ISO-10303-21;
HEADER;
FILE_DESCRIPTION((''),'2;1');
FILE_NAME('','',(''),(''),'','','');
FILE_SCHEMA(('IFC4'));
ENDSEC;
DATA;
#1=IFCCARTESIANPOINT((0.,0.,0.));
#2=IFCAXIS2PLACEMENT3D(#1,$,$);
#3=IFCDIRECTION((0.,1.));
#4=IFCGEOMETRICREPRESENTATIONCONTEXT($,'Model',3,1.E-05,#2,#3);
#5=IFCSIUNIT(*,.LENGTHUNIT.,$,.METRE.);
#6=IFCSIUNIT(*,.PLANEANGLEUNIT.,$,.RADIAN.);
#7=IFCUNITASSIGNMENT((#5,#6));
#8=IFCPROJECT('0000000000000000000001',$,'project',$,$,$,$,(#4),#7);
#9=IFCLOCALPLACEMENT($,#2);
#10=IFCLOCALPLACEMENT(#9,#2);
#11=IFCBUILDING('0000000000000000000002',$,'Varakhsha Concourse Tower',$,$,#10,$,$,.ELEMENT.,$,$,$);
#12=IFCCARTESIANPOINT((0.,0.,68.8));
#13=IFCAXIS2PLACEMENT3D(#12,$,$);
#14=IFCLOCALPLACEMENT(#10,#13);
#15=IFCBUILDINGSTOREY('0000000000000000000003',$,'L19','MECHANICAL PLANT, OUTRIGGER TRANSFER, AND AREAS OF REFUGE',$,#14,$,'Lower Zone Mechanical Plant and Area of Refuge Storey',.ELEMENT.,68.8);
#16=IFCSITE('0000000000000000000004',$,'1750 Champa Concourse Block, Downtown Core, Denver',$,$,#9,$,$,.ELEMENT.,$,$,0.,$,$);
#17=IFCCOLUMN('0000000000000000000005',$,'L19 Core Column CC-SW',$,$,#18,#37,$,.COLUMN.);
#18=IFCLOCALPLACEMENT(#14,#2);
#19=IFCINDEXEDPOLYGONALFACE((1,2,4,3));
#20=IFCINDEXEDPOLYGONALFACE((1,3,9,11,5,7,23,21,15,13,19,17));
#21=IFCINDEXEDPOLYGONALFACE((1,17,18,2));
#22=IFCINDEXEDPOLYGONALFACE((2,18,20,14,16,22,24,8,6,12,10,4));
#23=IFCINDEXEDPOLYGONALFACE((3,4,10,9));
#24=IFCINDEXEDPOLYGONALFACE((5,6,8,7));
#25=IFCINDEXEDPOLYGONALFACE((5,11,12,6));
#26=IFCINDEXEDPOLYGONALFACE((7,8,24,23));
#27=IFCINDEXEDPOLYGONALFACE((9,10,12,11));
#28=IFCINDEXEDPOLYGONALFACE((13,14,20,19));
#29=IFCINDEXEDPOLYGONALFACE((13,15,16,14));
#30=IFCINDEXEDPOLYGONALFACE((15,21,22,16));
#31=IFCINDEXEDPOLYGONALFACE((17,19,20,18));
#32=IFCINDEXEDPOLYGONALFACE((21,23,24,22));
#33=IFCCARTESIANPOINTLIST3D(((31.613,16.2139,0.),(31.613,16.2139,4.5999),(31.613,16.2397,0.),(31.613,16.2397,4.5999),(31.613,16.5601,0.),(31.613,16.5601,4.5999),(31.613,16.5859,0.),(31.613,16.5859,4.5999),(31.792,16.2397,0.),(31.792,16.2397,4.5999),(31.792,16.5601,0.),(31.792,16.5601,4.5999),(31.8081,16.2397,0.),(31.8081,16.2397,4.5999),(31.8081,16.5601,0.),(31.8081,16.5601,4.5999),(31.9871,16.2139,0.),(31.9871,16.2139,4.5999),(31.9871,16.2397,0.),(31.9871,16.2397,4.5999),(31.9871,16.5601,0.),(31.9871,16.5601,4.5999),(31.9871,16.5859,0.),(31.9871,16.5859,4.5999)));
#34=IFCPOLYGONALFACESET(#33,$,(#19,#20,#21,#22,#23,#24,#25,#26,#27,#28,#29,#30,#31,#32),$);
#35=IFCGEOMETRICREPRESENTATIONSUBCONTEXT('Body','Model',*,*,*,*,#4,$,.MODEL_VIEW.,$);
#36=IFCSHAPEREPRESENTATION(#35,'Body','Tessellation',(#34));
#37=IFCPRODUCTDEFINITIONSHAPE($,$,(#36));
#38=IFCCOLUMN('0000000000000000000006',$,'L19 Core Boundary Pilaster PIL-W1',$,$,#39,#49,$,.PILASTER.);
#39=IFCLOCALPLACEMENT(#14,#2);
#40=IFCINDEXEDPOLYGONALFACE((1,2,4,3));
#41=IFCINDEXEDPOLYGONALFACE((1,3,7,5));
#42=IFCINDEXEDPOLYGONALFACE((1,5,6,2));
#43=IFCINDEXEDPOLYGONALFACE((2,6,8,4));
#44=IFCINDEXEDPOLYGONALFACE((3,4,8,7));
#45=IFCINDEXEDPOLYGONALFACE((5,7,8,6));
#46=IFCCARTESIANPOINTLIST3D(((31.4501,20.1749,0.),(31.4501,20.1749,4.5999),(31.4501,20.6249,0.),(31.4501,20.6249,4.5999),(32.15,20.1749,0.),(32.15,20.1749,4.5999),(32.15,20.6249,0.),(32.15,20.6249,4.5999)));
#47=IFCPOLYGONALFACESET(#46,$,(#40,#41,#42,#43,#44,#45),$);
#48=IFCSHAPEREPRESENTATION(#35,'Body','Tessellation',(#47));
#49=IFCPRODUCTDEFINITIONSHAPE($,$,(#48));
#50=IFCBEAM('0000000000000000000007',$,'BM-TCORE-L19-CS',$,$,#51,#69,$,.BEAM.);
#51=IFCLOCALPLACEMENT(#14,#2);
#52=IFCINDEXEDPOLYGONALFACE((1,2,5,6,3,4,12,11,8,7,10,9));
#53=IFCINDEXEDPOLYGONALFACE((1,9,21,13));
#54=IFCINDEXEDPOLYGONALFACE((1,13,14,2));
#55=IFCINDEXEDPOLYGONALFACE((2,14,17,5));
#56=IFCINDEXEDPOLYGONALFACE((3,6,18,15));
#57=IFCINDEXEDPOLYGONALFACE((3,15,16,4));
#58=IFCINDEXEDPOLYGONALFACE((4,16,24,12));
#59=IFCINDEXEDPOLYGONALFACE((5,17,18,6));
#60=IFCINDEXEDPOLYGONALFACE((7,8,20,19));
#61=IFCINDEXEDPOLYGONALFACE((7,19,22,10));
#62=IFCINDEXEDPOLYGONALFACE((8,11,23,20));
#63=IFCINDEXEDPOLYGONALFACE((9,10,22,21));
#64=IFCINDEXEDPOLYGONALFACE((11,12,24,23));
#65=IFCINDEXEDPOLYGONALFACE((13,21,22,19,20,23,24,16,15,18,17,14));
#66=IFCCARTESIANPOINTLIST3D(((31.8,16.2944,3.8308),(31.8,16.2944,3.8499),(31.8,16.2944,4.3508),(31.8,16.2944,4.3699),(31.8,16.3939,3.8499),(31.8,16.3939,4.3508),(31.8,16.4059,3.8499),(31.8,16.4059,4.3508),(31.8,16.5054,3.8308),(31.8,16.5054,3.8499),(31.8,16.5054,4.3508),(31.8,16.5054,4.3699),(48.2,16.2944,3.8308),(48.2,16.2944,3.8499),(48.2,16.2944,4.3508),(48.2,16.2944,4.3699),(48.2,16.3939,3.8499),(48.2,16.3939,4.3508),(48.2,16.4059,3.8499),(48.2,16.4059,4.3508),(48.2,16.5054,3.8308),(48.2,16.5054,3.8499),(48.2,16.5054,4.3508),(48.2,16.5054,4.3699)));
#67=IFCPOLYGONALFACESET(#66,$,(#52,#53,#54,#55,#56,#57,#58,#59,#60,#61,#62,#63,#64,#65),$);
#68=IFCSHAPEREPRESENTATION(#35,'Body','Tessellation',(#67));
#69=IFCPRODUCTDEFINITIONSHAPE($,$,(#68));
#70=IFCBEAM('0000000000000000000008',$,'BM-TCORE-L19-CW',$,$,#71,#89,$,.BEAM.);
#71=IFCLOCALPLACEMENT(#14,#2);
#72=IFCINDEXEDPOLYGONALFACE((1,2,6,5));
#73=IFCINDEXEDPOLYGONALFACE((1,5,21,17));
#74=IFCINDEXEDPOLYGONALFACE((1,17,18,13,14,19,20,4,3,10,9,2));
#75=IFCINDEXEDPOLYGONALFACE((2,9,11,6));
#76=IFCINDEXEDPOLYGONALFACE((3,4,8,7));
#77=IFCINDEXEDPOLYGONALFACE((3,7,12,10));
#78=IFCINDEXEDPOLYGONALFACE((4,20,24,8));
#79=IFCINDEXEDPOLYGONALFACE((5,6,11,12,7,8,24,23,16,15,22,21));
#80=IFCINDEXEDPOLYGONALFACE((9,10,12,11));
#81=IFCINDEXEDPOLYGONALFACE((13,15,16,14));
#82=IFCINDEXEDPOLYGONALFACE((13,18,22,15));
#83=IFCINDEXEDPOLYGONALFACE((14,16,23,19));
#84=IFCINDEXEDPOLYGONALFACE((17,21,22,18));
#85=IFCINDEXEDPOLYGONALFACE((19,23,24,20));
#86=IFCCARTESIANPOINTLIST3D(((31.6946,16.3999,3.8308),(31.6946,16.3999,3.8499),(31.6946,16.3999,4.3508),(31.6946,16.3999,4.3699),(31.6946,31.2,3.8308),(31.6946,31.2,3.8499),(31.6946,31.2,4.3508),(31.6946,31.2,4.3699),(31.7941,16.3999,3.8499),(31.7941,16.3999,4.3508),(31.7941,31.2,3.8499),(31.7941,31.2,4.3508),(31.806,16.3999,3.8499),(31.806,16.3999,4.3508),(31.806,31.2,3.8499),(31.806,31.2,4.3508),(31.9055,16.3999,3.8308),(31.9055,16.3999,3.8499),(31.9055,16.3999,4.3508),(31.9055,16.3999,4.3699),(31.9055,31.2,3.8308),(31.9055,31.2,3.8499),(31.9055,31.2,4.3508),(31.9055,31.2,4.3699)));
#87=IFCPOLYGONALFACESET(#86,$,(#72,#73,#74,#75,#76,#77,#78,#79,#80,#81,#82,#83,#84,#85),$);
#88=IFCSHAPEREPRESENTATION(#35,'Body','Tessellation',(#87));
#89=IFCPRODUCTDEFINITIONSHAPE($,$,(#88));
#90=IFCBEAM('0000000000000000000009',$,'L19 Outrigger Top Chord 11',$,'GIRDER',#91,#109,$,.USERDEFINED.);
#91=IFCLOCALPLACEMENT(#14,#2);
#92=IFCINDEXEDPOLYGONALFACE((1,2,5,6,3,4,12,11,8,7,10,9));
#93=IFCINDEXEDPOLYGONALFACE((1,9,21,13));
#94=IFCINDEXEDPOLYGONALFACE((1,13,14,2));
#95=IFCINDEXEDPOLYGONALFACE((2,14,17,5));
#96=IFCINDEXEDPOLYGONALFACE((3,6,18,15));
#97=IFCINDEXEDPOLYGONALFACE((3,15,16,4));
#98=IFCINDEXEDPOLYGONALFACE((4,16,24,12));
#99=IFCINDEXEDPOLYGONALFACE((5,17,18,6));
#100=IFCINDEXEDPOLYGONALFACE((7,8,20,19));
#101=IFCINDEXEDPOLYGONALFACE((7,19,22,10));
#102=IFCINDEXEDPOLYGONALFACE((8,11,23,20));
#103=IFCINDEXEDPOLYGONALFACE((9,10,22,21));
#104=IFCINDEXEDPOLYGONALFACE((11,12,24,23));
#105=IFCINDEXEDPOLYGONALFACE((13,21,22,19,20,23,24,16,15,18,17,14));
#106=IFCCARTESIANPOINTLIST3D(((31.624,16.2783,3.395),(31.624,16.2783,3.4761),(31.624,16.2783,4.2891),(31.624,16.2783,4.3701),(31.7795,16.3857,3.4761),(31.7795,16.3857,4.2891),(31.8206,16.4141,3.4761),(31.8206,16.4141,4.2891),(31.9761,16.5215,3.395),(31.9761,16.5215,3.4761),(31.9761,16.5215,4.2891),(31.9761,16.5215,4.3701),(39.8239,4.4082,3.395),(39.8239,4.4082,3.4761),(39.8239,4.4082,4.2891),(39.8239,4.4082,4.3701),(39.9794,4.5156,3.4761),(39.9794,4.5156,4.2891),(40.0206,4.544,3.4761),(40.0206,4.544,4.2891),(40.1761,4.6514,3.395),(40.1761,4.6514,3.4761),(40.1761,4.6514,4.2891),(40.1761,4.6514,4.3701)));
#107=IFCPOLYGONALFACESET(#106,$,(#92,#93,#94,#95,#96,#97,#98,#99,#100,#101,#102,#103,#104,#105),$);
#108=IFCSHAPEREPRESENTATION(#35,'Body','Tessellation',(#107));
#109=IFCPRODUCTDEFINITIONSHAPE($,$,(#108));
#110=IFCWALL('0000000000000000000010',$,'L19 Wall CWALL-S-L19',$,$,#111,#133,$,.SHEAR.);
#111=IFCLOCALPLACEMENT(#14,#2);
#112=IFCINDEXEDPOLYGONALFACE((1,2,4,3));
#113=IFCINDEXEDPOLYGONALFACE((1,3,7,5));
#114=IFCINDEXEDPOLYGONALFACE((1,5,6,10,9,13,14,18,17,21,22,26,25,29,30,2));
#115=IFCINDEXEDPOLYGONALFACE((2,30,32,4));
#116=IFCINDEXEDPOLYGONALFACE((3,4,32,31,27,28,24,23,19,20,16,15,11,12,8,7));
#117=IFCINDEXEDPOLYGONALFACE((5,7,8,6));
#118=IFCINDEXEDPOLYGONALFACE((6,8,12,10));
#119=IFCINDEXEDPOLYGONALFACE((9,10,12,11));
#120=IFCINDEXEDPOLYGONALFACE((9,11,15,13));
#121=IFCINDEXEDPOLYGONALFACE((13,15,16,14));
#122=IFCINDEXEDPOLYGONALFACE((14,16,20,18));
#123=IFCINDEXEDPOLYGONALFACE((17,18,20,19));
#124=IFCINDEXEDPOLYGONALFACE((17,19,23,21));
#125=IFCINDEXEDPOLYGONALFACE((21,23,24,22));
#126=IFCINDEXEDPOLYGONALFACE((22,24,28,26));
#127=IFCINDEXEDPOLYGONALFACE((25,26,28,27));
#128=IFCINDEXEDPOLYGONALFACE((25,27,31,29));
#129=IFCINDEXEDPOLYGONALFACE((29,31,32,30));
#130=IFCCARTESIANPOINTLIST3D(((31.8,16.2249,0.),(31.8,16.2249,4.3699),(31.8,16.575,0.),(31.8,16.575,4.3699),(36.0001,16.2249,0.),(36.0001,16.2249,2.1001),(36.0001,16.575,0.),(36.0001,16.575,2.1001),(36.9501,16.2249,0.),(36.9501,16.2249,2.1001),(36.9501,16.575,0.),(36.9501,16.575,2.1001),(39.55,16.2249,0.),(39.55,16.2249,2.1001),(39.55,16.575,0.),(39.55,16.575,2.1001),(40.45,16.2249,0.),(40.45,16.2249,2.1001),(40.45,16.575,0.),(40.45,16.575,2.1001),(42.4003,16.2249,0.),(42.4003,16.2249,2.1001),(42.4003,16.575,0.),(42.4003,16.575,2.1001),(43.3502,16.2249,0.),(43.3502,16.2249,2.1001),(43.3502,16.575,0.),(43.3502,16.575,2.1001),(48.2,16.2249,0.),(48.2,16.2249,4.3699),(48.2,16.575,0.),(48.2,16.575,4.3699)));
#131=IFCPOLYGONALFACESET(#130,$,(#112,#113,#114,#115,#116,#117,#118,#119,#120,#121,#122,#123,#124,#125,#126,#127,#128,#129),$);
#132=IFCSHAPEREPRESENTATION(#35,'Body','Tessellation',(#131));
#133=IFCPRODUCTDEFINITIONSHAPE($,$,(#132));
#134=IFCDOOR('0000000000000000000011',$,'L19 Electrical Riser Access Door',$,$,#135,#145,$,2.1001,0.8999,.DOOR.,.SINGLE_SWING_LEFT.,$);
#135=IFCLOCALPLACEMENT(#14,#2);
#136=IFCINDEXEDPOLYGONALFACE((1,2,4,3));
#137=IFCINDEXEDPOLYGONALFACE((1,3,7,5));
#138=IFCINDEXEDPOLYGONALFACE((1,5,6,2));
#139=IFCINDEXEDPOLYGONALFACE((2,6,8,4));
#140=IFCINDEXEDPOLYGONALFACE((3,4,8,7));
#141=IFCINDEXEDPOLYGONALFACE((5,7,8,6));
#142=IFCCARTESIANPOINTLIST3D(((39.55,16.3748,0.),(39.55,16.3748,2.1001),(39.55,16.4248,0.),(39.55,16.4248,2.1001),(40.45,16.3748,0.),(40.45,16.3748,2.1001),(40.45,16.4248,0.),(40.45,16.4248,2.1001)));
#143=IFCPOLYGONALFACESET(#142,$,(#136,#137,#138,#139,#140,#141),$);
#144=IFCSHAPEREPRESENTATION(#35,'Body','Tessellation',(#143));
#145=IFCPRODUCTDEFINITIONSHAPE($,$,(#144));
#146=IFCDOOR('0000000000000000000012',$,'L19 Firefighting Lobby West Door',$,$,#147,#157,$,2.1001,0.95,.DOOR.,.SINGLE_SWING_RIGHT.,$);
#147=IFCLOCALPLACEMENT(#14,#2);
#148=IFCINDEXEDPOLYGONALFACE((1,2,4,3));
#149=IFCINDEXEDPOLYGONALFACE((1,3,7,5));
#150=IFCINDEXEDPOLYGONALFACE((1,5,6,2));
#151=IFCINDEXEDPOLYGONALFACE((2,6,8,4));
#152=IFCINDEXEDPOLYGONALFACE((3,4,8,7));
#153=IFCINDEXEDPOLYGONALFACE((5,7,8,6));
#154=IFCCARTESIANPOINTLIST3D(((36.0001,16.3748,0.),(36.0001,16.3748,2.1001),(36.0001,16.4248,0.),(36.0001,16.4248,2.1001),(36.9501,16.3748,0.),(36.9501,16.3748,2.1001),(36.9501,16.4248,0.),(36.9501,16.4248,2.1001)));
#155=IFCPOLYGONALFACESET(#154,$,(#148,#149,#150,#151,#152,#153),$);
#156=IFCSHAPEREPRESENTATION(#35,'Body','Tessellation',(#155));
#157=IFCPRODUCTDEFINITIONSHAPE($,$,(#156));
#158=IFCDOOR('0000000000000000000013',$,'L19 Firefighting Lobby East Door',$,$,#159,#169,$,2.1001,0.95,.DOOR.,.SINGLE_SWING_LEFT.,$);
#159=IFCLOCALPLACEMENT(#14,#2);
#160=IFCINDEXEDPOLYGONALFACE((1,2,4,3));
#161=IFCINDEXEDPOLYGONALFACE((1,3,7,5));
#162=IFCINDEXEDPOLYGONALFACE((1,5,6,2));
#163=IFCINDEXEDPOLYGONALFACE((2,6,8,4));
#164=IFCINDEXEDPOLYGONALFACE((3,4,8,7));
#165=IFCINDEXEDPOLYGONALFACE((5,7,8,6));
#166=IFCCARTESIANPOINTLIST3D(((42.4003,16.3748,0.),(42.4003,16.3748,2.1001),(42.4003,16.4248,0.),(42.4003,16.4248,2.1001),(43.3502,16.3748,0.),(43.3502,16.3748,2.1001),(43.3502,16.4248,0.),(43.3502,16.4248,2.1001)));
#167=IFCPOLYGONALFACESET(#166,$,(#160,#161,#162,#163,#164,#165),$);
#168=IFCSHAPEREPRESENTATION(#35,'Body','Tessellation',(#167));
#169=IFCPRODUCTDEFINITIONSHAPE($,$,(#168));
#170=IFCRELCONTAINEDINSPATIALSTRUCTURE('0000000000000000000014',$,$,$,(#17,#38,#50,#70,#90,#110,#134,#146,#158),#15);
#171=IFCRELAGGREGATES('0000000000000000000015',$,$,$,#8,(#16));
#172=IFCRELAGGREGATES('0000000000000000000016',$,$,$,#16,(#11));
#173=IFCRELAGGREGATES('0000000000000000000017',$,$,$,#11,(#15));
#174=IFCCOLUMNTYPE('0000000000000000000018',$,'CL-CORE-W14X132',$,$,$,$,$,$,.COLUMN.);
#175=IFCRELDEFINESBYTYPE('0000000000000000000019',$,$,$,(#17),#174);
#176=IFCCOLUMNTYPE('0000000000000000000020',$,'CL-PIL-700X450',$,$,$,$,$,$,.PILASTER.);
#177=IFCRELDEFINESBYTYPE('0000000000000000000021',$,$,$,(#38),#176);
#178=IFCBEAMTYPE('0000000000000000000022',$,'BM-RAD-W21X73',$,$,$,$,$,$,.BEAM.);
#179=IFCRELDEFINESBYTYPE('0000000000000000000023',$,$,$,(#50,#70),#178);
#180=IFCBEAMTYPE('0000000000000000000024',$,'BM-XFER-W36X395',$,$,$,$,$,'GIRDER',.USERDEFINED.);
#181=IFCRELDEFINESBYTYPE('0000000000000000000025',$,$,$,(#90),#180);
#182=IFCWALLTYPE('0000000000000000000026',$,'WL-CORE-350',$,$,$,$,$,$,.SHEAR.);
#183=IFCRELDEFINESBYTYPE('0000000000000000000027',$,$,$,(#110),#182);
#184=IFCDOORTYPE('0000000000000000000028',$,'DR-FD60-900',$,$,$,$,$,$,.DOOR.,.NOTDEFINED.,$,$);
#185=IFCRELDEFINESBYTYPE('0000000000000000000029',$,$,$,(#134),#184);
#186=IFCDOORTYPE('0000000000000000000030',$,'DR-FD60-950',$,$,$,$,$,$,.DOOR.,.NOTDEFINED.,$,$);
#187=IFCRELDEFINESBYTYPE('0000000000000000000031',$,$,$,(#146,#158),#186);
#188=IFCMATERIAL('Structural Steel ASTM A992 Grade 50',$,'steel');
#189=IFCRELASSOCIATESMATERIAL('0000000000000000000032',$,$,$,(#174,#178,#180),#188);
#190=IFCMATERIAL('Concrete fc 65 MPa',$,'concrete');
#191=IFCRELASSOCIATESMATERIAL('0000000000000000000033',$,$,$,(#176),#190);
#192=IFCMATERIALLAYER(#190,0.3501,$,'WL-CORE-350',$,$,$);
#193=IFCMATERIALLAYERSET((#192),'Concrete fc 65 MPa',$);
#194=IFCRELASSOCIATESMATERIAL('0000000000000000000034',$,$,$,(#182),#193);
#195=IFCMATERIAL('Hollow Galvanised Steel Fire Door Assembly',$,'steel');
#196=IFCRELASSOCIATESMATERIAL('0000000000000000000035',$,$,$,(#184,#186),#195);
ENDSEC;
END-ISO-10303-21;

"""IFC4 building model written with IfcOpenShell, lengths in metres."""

from ifc_helpers import new_model, si_unit, direction, frame, frame_2d, origin, origin_2d, place, context, subcontext, project, spatial, rectangle, i_section, extrude, material, layer, layer_set, material_profile, profile_set, type_object, element, fill, save


model = new_model("IFC4")

# Units and contexts
model_context = context("Model", 3, precision=1e-05, world=origin(), true_north=direction((0.0, 1.0)))
body_context = subcontext(model_context, "Body", "Model", "MODEL_VIEW")
ifc_project = project(units=[si_unit("LENGTHUNIT", "METRE"), si_unit("PLANEANGLEUNIT", "RADIAN")], contexts=[model_context])

# Site, building, storey
site_placement = place(None, origin())
site = spatial("IfcSite", under=ifc_project, at=site_placement, Name="1750 Champa Concourse Block, Downtown Core, Denver", CompositionType="ELEMENT", RefElevation=0.0)
building_placement = place(site_placement, origin())
building = spatial("IfcBuilding", under=site, at=building_placement, Name="Varakhsha Concourse Tower", CompositionType="ELEMENT")
storey_placement = place(building_placement, frame((0.0, 0.0, 68.8)))
storey = spatial("IfcBuildingStorey", under=building, at=storey_placement, Name="L19", Description="MECHANICAL PLANT, OUTRIGGER TRANSFER, AND AREAS OF REFUGE", LongName="Lower Zone Mechanical Plant and Area of Refuge Storey", CompositionType="ELEMENT", Elevation=68.8)

# Columns
ifc_material_1 = material(Name="Structural Steel ASTM A992 Grade 50", Category="steel")
ifc_material_profile_1 = material_profile(ifc_material_1, i_section(OverallWidth=0.374, OverallDepth=0.3721, WebThickness=0.0161, FlangeThickness=0.0259, at=origin_2d()), Name="W14X132")
ifc_profile_set_1 = profile_set([ifc_material_profile_1], Name="Structural Steel ASTM A992 Grade 50")
column_type_1 = type_object("IfcColumnType", Name="CL-CORE-W14X132", PredefinedType="COLUMN", material=ifc_profile_set_1)
column_1_placement = place(storey_placement, frame((31.8, 16.3999, 0.0), z_axis=(0.0, 0.0, 1.0), x_axis=(1.0, 0.0, 0.0)))
element("IfcColumn", 1, at=column_1_placement, inside=storey, type_object=column_type_1, Name="L19 Core Column CC-SW", PredefinedType="COLUMN", context=body_context, shape_type="SweptSolid", body=[
    extrude(i_section(OverallWidth=0.374, OverallDepth=0.3721, WebThickness=0.0161, FlangeThickness=0.0259, at=origin_2d()), origin(), (0.0, 0.0, 1.0), 4.5999),
])
ifc_material_2 = material(Name="Concrete fc 65 MPa", Category="concrete")
ifc_material_profile_2 = material_profile(ifc_material_2, rectangle(XDim=0.7, YDim=0.45, at=origin_2d()), Name="RC 700x450")
ifc_profile_set_2 = profile_set([ifc_material_profile_2], Name="Concrete fc 65 MPa")
column_type_2 = type_object("IfcColumnType", Name="CL-PIL-700X450", PredefinedType="PILASTER", material=ifc_profile_set_2)
column_2_placement = place(storey_placement, frame((31.8, 20.3999, 0.0), z_axis=(0.0, 0.0, 1.0), x_axis=(1.0, 0.0, 0.0)))
element("IfcColumn", 2, at=column_2_placement, inside=storey, type_object=column_type_2, Name="L19 Core Boundary Pilaster PIL-W1", PredefinedType="PILASTER", context=body_context, shape_type="SweptSolid", body=[
    extrude(rectangle(XDim=0.7, YDim=0.45, at=origin_2d()), origin(), (0.0, 0.0, 1.0), 4.5999),
])

# Beams
ifc_material_profile_3 = material_profile(ifc_material_1, i_section(OverallWidth=0.2109, OverallDepth=0.5391, WebThickness=0.012, FlangeThickness=0.019, at=origin_2d()), Name="W21X73")
ifc_profile_set_3 = profile_set([ifc_material_profile_3], Name="Structural Steel ASTM A992 Grade 50")
beam_type_1 = type_object("IfcBeamType", Name="BM-RAD-W21X73", PredefinedType="BEAM", material=ifc_profile_set_3)
beam_1_placement = place(storey_placement, frame((31.8, 16.3999, 4.1003), z_axis=(1.0, 0.0, 0.0), x_axis=(0.0, 1.0, 0.0)))
element("IfcBeam", 3, at=beam_1_placement, inside=storey, type_object=beam_type_1, Name="BM-TCORE-L19-CS", PredefinedType="BEAM", context=body_context, shape_type="SweptSolid", body=[
    extrude(i_section(OverallWidth=0.2109, OverallDepth=0.5391, WebThickness=0.012, FlangeThickness=0.019, at=origin_2d()), origin(), (0.0, 0.0, 1.0), 16.3999),
])
beam_2_placement = place(storey_placement, frame((31.8, 16.3999, 4.1003), z_axis=(0.0, 1.0, 0.0), x_axis=(-1.0, 0.0, 0.0)))
element("IfcBeam", 4, at=beam_2_placement, inside=storey, type_object=beam_type_1, Name="BM-TCORE-L19-CW", PredefinedType="BEAM", context=body_context, shape_type="SweptSolid", body=[
    extrude(i_section(OverallWidth=0.2109, OverallDepth=0.5391, WebThickness=0.012, FlangeThickness=0.019, at=origin_2d()), origin(), (0.0, 0.0, 1.0), 14.8),
])
ifc_material_profile_4 = material_profile(ifc_material_1, i_section(OverallWidth=0.428, OverallDepth=0.9751, WebThickness=0.05, FlangeThickness=0.0811, at=origin_2d()), Name="W36X395")
ifc_profile_set_4 = profile_set([ifc_material_profile_4], Name="Structural Steel ASTM A992 Grade 50")
beam_type_2 = type_object("IfcBeamType", Name="BM-XFER-W36X395", ElementType="GIRDER", PredefinedType="USERDEFINED", material=ifc_profile_set_4)
beam_3_placement = place(storey_placement, frame((31.8, 16.3999, 3.8826), z_axis=(0.568375, -0.82277, 0.0), x_axis=(0.82277, 0.568375, 0.0)))
element("IfcBeam", 5, at=beam_3_placement, inside=storey, type_object=beam_type_2, Name="L19 Outrigger Top Chord 11", ObjectType="GIRDER", PredefinedType="USERDEFINED", context=body_context, shape_type="SweptSolid", body=[
    extrude(i_section(OverallWidth=0.428, OverallDepth=0.9751, WebThickness=0.05, FlangeThickness=0.0811, at=origin_2d()), origin(), (0.0, 0.0, 1.0), 14.427),
])

# Wall, openings, doors
ifc_layer_1 = layer(ifc_material_2, 0.3501, Name="WL-CORE-350")
ifc_layer_set_1 = layer_set([ifc_layer_1], Name="Concrete fc 65 MPa")
wall_type_1 = type_object("IfcWallType", Name="WL-CORE-350", PredefinedType="SHEAR", material=ifc_layer_set_1)
wall_1_placement = place(storey_placement, frame((31.8, 16.3999, 0.0), z_axis=(0.0, 0.0, 1.0), x_axis=(1.0, 0.0, 0.0)))
wall_1 = element("IfcWall", 6, at=wall_1_placement, inside=storey, type_object=wall_type_1, Name="L19 Wall CWALL-S-L19", PredefinedType="SHEAR", context=body_context, shape_type="SweptSolid", body=[
    extrude(rectangle(XDim=16.3999, YDim=0.3501, at=frame_2d((8.2, 0.0))), origin(), (0.0, 0.0, 1.0), 4.3699),
])
opening_1_placement = place(wall_1_placement, frame((7.75, 0.0, 0.0)))
opening_1 = element("IfcOpeningElement", 7, at=opening_1_placement, cuts=wall_1, PredefinedType="OPENING", context=body_context, shape_type="SweptSolid", body=[
    extrude(rectangle(XDim=0.8999, YDim=2.1001, at=frame_2d((0.45, 1.05))), frame((0.0, 0.1851, 0.0), z_axis=(0.0, -1.0, 0.0), x_axis=(1.0, 0.0, 0.0)), (0.0, 0.0, 1.0), 0.3701),
])
opening_2_placement = place(wall_1_placement, frame((4.2, 0.0, 0.0)))
opening_2 = element("IfcOpeningElement", 8, at=opening_2_placement, cuts=wall_1, PredefinedType="OPENING", context=body_context, shape_type="SweptSolid", body=[
    extrude(rectangle(XDim=0.95, YDim=2.1001, at=frame_2d((0.4751, 1.05))), frame((0.0, 0.1851, 0.0), z_axis=(0.0, -1.0, 0.0), x_axis=(1.0, 0.0, 0.0)), (0.0, 0.0, 1.0), 0.3701),
])
opening_3_placement = place(wall_1_placement, frame((10.6001, 0.0, 0.0)))
opening_3 = element("IfcOpeningElement", 9, at=opening_3_placement, cuts=wall_1, PredefinedType="OPENING", context=body_context, shape_type="SweptSolid", body=[
    extrude(rectangle(XDim=0.95, YDim=2.1001, at=frame_2d((0.4751, 1.05))), frame((0.0, 0.1851, 0.0), z_axis=(0.0, -1.0, 0.0), x_axis=(1.0, 0.0, 0.0)), (0.0, 0.0, 1.0), 0.3701),
])
ifc_material_3 = material(Name="Hollow Galvanised Steel Fire Door Assembly", Category="steel")
door_type_1 = type_object("IfcDoorType", Name="DR-FD60-900", OperationType="NOTDEFINED", PredefinedType="DOOR", material=ifc_material_3)
door_1_placement = place(opening_1_placement, origin())
door_1 = element("IfcDoor", 10, at=door_1_placement, inside=storey, type_object=door_type_1, Name="L19 Electrical Riser Access Door", OperationType="SINGLE_SWING_LEFT", OverallHeight=2.1001, OverallWidth=0.8999, PredefinedType="DOOR", context=body_context, shape_type="SweptSolid", body=[
    extrude(rectangle(XDim=0.8999, YDim=2.1001, at=frame_2d((0.45, 1.05))), frame((0.0, 0.0249, 0.0), z_axis=(0.0, -1.0, 0.0), x_axis=(1.0, 0.0, 0.0)), (0.0, 0.0, 1.0), 0.05),
])
fill(opening_1, door_1)
door_type_2 = type_object("IfcDoorType", Name="DR-FD60-950", OperationType="NOTDEFINED", PredefinedType="DOOR", material=ifc_material_3)
door_2_placement = place(opening_2_placement, origin())
door_2 = element("IfcDoor", 11, at=door_2_placement, inside=storey, type_object=door_type_2, Name="L19 Firefighting Lobby West Door", OperationType="SINGLE_SWING_RIGHT", OverallHeight=2.1001, OverallWidth=0.95, PredefinedType="DOOR", context=body_context, shape_type="SweptSolid", body=[
    extrude(rectangle(XDim=0.95, YDim=2.1001, at=frame_2d((0.4751, 1.05))), frame((0.0, 0.0249, 0.0), z_axis=(0.0, -1.0, 0.0), x_axis=(1.0, 0.0, 0.0)), (0.0, 0.0, 1.0), 0.05),
])
fill(opening_2, door_2)
door_3_placement = place(opening_3_placement, origin())
door_3 = element("IfcDoor", 12, at=door_3_placement, inside=storey, type_object=door_type_2, Name="L19 Firefighting Lobby East Door", OperationType="SINGLE_SWING_LEFT", OverallHeight=2.1001, OverallWidth=0.95, PredefinedType="DOOR", context=body_context, shape_type="SweptSolid", body=[
    extrude(rectangle(XDim=0.95, YDim=2.1001, at=frame_2d((0.4751, 1.05))), frame((0.0, 0.0249, 0.0), z_axis=(0.0, -1.0, 0.0), x_axis=(1.0, 0.0, 0.0)), (0.0, 0.0, 1.0), 0.05),
])
fill(opening_3, door_3)

save(model, "model.ifc")
